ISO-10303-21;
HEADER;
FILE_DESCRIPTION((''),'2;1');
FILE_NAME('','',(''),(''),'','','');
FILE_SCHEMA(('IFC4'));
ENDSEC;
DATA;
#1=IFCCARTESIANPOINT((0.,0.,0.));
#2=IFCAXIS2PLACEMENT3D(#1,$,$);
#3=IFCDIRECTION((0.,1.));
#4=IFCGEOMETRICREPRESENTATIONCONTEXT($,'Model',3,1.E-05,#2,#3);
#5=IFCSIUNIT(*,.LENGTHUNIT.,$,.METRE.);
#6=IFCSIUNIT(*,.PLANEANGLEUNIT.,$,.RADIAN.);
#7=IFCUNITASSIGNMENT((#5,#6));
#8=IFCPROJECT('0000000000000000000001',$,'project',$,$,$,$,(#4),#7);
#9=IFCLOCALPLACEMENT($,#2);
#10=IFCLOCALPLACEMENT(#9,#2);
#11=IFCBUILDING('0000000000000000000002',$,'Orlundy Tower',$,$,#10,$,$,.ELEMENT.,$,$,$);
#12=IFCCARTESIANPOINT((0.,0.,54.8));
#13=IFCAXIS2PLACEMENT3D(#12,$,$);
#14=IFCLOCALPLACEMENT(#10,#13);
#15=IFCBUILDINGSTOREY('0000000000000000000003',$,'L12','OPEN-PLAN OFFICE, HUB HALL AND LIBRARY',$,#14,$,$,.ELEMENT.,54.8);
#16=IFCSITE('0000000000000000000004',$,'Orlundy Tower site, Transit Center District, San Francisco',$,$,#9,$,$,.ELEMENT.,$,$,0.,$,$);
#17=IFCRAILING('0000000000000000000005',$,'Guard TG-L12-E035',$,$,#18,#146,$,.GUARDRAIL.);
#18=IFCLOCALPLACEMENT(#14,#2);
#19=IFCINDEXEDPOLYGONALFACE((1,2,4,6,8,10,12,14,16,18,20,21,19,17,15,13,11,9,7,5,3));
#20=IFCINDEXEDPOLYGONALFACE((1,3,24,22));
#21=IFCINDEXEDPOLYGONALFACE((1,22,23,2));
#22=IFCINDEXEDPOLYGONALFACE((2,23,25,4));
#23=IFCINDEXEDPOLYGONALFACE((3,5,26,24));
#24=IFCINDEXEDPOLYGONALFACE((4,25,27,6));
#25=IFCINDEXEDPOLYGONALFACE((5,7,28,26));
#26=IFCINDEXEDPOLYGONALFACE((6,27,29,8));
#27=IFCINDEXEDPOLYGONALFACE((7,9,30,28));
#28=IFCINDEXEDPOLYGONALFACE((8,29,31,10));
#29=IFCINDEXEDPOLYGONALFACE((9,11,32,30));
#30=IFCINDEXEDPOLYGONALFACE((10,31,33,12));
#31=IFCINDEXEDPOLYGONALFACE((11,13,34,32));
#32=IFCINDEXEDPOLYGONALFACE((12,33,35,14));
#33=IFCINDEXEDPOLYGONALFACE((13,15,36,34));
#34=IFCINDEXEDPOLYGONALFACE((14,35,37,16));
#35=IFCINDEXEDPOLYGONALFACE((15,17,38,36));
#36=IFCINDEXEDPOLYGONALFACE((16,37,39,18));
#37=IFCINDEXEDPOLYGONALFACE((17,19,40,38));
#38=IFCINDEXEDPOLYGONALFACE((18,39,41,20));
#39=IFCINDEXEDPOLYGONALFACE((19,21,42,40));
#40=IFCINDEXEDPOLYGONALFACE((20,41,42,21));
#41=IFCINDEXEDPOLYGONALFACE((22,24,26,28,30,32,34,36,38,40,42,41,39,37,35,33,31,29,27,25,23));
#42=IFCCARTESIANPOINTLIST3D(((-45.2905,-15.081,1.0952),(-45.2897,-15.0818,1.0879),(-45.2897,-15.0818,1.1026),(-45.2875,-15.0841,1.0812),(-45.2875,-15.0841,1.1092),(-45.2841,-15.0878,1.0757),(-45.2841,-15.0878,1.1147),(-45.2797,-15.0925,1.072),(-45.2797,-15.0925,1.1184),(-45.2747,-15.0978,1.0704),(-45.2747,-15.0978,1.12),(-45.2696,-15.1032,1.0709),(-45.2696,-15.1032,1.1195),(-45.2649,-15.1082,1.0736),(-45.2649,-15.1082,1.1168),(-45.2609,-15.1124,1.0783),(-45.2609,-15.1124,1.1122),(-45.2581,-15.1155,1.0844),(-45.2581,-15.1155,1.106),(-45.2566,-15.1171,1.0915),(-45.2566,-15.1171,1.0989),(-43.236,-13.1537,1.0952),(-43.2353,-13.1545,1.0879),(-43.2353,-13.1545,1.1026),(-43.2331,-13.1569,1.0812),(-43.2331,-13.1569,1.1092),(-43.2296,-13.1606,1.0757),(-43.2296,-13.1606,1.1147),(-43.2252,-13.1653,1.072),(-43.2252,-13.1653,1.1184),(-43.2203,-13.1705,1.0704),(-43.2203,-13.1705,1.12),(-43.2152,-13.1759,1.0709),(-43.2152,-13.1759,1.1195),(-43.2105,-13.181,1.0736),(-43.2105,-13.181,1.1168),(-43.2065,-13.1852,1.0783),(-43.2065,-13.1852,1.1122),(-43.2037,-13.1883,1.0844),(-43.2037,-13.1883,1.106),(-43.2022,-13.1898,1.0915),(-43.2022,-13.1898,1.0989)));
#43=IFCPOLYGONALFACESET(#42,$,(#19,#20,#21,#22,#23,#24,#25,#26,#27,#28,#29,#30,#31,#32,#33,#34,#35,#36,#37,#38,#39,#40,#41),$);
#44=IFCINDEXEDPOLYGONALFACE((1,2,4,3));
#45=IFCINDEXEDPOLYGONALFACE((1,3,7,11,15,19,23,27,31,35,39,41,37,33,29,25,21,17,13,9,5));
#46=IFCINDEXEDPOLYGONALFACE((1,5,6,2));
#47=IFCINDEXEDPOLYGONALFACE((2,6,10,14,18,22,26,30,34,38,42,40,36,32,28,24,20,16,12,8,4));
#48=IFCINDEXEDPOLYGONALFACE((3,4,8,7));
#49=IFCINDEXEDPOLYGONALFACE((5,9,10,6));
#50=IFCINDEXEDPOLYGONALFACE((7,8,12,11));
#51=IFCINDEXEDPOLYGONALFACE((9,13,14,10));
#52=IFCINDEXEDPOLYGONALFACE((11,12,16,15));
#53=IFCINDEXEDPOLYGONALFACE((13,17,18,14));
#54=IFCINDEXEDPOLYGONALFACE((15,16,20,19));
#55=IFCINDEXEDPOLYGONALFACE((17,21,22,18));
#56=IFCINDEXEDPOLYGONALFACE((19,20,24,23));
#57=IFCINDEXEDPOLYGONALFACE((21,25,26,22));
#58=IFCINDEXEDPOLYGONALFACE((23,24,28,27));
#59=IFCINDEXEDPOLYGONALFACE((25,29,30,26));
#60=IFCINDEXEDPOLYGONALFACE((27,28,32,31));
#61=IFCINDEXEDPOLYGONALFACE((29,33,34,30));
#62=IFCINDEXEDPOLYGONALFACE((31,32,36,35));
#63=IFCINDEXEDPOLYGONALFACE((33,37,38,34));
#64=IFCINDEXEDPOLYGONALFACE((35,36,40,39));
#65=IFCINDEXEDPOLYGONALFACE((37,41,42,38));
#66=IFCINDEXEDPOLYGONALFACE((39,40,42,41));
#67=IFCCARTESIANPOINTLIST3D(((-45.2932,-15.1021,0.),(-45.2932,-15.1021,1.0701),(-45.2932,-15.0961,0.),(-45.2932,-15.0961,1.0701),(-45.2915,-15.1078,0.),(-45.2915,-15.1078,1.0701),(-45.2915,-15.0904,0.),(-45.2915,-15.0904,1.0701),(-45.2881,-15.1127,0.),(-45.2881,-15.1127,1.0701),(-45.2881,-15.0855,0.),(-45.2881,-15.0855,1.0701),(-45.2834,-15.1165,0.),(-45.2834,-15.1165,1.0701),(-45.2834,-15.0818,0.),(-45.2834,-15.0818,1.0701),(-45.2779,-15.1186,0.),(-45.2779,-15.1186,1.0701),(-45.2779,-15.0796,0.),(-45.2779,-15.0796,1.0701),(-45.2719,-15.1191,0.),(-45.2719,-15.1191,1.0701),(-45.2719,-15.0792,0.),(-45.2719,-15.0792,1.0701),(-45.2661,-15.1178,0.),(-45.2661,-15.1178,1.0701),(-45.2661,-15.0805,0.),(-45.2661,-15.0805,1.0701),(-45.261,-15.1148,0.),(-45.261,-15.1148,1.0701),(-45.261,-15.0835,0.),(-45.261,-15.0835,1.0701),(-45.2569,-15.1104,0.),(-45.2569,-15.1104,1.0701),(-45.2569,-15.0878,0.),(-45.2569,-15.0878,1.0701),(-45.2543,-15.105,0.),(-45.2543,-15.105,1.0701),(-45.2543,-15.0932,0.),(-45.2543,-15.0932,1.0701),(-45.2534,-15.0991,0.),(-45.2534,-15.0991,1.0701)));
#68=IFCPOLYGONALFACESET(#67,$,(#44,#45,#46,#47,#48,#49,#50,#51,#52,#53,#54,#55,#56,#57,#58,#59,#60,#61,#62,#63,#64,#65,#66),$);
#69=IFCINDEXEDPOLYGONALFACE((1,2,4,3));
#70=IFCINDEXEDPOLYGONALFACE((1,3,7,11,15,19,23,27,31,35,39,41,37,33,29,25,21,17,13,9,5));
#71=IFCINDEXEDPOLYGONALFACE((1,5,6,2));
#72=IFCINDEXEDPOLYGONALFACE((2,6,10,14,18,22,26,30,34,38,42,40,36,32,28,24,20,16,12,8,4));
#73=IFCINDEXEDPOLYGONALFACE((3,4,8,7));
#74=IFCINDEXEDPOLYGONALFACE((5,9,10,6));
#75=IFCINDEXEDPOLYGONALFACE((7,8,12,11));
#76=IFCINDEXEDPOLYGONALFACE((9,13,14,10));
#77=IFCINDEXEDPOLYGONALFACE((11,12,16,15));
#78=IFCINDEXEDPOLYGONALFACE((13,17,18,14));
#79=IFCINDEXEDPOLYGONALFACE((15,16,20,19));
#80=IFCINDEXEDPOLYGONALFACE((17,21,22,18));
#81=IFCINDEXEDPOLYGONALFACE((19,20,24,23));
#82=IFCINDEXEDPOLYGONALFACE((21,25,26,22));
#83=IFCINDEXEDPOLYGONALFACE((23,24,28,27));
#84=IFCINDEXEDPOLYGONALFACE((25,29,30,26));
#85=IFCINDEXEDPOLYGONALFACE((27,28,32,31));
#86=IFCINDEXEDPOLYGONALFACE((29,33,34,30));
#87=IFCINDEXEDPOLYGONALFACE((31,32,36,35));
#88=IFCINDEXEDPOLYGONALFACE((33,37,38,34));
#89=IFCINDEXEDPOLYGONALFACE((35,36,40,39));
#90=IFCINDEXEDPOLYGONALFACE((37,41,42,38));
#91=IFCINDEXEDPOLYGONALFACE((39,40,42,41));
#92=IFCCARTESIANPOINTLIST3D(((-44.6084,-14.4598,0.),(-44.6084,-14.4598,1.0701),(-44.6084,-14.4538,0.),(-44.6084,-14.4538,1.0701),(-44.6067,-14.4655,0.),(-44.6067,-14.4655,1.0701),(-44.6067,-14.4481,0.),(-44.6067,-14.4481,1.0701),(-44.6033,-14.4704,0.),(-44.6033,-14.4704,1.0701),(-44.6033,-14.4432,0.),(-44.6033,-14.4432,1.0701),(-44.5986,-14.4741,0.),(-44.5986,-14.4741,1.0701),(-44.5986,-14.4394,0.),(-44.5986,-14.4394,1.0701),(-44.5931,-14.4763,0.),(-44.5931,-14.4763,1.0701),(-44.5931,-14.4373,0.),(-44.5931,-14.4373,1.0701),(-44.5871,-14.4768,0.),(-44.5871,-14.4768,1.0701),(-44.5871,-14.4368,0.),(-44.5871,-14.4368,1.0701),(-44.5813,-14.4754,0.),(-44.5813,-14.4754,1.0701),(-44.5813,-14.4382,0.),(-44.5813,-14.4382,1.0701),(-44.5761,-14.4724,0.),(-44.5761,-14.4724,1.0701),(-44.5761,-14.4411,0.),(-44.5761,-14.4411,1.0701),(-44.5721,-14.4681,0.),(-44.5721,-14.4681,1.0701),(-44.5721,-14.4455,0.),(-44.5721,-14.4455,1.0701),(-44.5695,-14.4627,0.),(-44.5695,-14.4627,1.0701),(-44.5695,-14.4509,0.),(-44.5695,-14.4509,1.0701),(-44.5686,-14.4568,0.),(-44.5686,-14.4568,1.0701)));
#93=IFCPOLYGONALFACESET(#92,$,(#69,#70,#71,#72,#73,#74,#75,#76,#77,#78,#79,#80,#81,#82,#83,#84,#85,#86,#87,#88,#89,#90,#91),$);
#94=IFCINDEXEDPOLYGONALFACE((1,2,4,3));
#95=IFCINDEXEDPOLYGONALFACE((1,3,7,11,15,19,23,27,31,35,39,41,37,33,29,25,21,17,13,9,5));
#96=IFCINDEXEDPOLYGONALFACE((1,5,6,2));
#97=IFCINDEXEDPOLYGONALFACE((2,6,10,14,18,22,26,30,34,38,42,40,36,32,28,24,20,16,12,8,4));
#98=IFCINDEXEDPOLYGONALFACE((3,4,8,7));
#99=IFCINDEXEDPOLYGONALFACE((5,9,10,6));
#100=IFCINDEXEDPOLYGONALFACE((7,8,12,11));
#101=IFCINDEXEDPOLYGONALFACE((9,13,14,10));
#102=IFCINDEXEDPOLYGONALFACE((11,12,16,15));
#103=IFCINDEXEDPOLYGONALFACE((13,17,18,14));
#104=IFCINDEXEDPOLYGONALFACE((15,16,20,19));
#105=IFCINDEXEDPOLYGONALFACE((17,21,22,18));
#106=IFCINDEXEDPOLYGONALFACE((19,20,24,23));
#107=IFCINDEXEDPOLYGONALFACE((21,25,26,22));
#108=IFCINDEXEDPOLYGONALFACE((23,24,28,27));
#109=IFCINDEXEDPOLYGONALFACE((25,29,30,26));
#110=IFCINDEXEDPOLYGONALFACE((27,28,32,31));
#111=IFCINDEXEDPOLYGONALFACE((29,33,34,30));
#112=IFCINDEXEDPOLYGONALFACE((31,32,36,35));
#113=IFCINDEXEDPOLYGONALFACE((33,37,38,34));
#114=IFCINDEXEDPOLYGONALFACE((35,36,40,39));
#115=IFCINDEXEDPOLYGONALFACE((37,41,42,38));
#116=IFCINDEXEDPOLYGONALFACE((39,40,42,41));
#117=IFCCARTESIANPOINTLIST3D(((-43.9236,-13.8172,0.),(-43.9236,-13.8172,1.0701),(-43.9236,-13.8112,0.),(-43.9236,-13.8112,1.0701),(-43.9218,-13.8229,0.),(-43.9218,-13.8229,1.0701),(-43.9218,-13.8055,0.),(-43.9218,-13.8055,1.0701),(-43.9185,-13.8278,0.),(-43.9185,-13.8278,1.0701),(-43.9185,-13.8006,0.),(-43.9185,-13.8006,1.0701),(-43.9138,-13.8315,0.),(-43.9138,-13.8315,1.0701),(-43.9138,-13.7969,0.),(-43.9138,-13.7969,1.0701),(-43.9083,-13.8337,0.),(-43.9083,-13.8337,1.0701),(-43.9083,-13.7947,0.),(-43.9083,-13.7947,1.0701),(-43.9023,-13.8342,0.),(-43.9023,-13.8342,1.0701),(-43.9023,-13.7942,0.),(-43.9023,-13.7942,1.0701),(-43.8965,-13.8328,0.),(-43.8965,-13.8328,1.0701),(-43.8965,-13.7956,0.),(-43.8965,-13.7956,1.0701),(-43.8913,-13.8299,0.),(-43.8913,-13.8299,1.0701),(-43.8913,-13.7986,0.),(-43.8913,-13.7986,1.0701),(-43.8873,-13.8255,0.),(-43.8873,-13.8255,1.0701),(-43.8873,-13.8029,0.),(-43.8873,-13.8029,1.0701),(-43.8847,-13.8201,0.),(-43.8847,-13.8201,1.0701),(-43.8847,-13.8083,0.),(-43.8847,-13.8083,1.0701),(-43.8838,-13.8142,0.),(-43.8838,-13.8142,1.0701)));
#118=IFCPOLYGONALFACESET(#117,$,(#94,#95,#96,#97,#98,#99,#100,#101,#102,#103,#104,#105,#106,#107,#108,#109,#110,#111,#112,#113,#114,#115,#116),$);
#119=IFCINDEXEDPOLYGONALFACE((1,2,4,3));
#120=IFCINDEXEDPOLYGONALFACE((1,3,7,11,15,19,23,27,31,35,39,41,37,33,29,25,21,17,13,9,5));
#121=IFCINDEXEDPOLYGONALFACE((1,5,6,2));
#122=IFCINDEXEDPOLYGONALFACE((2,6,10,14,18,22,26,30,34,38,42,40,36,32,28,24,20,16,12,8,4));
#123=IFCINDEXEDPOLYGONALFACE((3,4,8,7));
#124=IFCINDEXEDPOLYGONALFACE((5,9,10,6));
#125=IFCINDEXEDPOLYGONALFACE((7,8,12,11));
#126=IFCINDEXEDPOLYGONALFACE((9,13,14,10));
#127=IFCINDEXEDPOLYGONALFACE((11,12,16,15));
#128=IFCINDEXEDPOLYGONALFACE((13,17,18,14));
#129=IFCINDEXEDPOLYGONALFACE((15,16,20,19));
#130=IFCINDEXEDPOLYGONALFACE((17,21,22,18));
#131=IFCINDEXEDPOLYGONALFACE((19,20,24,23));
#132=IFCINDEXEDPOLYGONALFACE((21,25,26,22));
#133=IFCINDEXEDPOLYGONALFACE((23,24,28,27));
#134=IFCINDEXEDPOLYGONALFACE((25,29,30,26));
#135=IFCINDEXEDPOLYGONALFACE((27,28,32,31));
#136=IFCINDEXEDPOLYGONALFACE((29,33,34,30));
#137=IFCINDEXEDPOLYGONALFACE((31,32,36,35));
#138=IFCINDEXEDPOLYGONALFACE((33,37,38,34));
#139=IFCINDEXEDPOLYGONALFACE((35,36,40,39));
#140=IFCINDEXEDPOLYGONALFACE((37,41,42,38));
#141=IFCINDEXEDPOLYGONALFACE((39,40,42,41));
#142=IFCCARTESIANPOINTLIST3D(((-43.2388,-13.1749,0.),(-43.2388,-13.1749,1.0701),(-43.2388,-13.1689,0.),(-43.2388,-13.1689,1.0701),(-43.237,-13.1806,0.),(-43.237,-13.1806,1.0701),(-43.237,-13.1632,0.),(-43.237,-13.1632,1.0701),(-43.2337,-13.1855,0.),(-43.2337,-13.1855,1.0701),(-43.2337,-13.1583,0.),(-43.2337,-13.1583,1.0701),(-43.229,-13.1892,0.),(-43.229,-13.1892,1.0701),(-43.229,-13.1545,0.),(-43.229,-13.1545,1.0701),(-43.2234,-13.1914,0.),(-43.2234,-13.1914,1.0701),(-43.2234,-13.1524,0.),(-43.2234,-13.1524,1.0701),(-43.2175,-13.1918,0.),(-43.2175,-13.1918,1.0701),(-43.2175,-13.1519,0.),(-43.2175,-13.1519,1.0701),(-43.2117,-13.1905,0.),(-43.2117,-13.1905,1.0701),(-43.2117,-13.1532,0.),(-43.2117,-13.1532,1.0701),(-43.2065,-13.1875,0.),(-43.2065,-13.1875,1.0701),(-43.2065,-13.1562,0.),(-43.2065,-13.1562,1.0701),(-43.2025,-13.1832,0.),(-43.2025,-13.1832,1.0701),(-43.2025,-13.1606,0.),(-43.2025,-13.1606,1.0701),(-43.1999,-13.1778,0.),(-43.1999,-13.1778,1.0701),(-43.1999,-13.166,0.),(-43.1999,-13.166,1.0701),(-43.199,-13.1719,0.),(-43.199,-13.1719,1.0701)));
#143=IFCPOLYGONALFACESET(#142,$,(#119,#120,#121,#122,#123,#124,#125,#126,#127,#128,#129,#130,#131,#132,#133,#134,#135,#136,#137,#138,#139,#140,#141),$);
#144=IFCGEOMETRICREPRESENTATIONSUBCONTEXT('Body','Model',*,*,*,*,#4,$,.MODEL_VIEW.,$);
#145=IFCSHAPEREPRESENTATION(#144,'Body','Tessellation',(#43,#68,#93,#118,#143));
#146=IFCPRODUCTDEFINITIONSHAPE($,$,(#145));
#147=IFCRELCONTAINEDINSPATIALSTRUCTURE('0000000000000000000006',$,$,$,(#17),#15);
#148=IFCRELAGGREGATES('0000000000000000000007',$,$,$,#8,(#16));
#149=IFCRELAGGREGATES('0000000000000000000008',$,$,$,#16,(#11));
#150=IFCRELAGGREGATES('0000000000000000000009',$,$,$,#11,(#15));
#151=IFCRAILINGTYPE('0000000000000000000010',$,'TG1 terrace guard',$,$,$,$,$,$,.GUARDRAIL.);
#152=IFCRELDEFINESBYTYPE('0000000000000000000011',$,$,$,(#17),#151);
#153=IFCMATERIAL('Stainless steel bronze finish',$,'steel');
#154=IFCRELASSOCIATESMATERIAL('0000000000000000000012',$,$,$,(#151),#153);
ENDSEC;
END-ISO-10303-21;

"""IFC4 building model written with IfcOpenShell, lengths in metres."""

from ifc_helpers import new_model, si_unit, direction, frame, origin, origin_2d, place, context, subcontext, project, spatial, circle, extrude, material, type_object, element, save


model = new_model("IFC4")

# Units and contexts
model_context = context("Model", 3, precision=1e-05, world=origin(), true_north=direction((0.0, 1.0)))
body_context = subcontext(model_context, "Body", "Model", "MODEL_VIEW")
ifc_project = project(units=[si_unit("LENGTHUNIT", "METRE"), si_unit("PLANEANGLEUNIT", "RADIAN")], contexts=[model_context])

# Site, building, storey
site_placement = place(None, origin())
site = spatial("IfcSite", under=ifc_project, at=site_placement, Name="Orlundy Tower site, Transit Center District, San Francisco", CompositionType="ELEMENT", RefElevation=0.0)
building_placement = place(site_placement, origin())
building = spatial("IfcBuilding", under=site, at=building_placement, Name="Orlundy Tower", CompositionType="ELEMENT")
storey_placement = place(building_placement, frame((0.0, 0.0, 54.8)))
storey = spatial("IfcBuildingStorey", under=building, at=storey_placement, Name="L12", Description="OPEN-PLAN OFFICE, HUB HALL AND LIBRARY", CompositionType="ELEMENT", Elevation=54.8)

# Railing
ifc_material_1 = material(Name="Stainless steel bronze finish", Category="steel")
railing_type = type_object("IfcRailingType", Name="TG1 terrace guard", PredefinedType="GUARDRAIL", material=ifc_material_1)
railing_1_placement = place(storey_placement, frame((-45.2734, -15.0991, 0.0)))
element("IfcRailing", 1, at=railing_1_placement, inside=storey, type_object=railing_type, Name="Guard TG-L12-E035", PredefinedType="GUARDRAIL", context=body_context, shape_type="SweptSolid", body=[
    extrude(circle(Radius=0.0249, at=origin_2d()), frame((0.0, 0.0, 1.0952), z_axis=(0.729324, 0.684169, 0.0), x_axis=(-0.684169, 0.729324, 0.0)), (0.0, 0.0, 1.0), 2.8169),
    extrude(circle(Radius=0.02, at=origin_2d()), origin(), (0.0, 0.0, 1.0), 1.0701),
    extrude(circle(Radius=0.02, at=origin_2d()), frame((0.6848, 0.6423, 0.0)), (0.0, 0.0, 1.0), 1.0701),
    extrude(circle(Radius=0.02, at=origin_2d()), frame((1.3696, 1.2849, 0.0)), (0.0, 0.0, 1.0), 1.0701),
    extrude(circle(Radius=0.02, at=origin_2d()), frame((2.0544, 1.9272, 0.0)), (0.0, 0.0, 1.0), 1.0701),
])

save(model, "model.ifc")
